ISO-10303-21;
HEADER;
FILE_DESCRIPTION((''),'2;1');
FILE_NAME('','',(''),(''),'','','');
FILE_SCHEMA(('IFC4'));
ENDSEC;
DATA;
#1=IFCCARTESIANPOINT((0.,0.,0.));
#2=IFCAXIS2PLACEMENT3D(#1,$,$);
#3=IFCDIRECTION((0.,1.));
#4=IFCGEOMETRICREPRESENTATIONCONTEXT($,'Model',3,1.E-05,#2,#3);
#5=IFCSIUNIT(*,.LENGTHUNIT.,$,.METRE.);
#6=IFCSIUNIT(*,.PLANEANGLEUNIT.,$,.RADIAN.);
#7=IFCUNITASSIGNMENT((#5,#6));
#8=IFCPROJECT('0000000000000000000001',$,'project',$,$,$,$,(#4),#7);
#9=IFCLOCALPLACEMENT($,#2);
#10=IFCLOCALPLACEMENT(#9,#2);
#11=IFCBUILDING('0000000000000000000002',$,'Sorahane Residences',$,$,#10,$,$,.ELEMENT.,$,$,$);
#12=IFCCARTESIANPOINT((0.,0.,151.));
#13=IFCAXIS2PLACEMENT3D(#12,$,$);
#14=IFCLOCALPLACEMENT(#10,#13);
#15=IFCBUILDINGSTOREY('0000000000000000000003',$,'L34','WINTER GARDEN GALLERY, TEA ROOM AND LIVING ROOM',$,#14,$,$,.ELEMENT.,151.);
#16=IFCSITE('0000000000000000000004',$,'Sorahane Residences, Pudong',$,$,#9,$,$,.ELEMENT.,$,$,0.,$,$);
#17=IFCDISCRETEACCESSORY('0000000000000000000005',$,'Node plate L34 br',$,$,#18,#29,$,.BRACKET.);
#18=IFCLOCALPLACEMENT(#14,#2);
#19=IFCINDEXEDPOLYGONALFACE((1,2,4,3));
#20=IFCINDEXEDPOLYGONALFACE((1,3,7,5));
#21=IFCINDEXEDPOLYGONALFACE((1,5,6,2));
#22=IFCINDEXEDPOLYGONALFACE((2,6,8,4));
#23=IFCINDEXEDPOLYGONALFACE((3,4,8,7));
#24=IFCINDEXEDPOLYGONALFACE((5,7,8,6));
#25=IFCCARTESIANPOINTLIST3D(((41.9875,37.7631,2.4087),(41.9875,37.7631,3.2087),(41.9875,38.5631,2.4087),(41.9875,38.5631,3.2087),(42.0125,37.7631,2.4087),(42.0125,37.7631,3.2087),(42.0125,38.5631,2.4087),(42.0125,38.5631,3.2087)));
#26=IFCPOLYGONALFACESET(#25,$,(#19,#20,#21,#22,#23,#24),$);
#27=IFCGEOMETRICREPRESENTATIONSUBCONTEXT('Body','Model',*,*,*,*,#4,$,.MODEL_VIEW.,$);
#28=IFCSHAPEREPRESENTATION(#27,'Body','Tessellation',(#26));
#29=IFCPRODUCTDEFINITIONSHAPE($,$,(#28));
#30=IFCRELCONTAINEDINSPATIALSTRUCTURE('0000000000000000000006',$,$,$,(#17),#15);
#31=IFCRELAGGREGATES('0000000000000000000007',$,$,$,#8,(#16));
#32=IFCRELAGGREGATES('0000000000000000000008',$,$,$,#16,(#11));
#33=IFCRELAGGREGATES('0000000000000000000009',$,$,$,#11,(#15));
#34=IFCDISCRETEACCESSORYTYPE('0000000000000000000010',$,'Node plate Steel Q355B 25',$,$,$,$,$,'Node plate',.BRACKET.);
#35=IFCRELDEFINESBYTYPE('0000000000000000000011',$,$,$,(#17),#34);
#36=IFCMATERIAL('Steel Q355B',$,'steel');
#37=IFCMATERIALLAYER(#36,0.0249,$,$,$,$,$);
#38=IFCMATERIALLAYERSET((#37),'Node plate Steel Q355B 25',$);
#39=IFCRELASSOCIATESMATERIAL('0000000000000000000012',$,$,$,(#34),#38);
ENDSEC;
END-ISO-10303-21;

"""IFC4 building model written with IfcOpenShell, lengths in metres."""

from ifc_helpers import new_model, si_unit, direction, frame, origin, origin_2d, place, context, subcontext, project, spatial, rectangle, extrude, material, layer, layer_set, type_object, element, save


model = new_model("IFC4")

# Units and contexts
model_context = context("Model", 3, precision=1e-05, world=origin(), true_north=direction((0.0, 1.0)))
body_context = subcontext(model_context, "Body", "Model", "MODEL_VIEW")
ifc_project = project(units=[si_unit("LENGTHUNIT", "METRE"), si_unit("PLANEANGLEUNIT", "RADIAN")], contexts=[model_context])

# Site, building, storey
site_placement = place(None, origin())
site = spatial("IfcSite", under=ifc_project, at=site_placement, Name="Sorahane Residences, Pudong", CompositionType="ELEMENT", RefElevation=0.0)
building_placement = place(site_placement, origin())
building = spatial("IfcBuilding", under=site, at=building_placement, Name="Sorahane Residences", CompositionType="ELEMENT")
storey_placement = place(building_placement, frame((0.0, 0.0, 151.0)))
storey = spatial("IfcBuildingStorey", under=building, at=storey_placement, Name="L34", Description="WINTER GARDEN GALLERY, TEA ROOM AND LIVING ROOM", CompositionType="ELEMENT", Elevation=151.0)

# Discrete accessory
ifc_material_1 = material(Name="Steel Q355B", Category="steel")
ifc_layer_1 = layer(ifc_material_1, 0.0249)
ifc_layer_set_1 = layer_set([ifc_layer_1], Name="Node plate Steel Q355B 25")
discrete_accessory_type = type_object("IfcDiscreteAccessoryType", Name="Node plate Steel Q355B 25", ElementType="Node plate", PredefinedType="BRACKET", material=ifc_layer_set_1)
for number, where, z_axis, x_axis, name in (
    (1, (42.0, 38.1631, 2.4087), (0.0, 0.0, 1.0), (0.0, 1.0, 0.0), "Node plate L34 br"),
):
    element("IfcDiscreteAccessory", number, at=place(storey_placement, frame(where, z_axis=z_axis, x_axis=x_axis)), inside=storey, type_object=discrete_accessory_type, Name=name, PredefinedType="BRACKET", context=body_context, shape_type="SweptSolid", body=[
        extrude(rectangle(XDim=0.8, YDim=0.0249, at=origin_2d()), origin(), (0.0, 0.0, 1.0), 0.8),
    ])

save(model, "model.ifc")
